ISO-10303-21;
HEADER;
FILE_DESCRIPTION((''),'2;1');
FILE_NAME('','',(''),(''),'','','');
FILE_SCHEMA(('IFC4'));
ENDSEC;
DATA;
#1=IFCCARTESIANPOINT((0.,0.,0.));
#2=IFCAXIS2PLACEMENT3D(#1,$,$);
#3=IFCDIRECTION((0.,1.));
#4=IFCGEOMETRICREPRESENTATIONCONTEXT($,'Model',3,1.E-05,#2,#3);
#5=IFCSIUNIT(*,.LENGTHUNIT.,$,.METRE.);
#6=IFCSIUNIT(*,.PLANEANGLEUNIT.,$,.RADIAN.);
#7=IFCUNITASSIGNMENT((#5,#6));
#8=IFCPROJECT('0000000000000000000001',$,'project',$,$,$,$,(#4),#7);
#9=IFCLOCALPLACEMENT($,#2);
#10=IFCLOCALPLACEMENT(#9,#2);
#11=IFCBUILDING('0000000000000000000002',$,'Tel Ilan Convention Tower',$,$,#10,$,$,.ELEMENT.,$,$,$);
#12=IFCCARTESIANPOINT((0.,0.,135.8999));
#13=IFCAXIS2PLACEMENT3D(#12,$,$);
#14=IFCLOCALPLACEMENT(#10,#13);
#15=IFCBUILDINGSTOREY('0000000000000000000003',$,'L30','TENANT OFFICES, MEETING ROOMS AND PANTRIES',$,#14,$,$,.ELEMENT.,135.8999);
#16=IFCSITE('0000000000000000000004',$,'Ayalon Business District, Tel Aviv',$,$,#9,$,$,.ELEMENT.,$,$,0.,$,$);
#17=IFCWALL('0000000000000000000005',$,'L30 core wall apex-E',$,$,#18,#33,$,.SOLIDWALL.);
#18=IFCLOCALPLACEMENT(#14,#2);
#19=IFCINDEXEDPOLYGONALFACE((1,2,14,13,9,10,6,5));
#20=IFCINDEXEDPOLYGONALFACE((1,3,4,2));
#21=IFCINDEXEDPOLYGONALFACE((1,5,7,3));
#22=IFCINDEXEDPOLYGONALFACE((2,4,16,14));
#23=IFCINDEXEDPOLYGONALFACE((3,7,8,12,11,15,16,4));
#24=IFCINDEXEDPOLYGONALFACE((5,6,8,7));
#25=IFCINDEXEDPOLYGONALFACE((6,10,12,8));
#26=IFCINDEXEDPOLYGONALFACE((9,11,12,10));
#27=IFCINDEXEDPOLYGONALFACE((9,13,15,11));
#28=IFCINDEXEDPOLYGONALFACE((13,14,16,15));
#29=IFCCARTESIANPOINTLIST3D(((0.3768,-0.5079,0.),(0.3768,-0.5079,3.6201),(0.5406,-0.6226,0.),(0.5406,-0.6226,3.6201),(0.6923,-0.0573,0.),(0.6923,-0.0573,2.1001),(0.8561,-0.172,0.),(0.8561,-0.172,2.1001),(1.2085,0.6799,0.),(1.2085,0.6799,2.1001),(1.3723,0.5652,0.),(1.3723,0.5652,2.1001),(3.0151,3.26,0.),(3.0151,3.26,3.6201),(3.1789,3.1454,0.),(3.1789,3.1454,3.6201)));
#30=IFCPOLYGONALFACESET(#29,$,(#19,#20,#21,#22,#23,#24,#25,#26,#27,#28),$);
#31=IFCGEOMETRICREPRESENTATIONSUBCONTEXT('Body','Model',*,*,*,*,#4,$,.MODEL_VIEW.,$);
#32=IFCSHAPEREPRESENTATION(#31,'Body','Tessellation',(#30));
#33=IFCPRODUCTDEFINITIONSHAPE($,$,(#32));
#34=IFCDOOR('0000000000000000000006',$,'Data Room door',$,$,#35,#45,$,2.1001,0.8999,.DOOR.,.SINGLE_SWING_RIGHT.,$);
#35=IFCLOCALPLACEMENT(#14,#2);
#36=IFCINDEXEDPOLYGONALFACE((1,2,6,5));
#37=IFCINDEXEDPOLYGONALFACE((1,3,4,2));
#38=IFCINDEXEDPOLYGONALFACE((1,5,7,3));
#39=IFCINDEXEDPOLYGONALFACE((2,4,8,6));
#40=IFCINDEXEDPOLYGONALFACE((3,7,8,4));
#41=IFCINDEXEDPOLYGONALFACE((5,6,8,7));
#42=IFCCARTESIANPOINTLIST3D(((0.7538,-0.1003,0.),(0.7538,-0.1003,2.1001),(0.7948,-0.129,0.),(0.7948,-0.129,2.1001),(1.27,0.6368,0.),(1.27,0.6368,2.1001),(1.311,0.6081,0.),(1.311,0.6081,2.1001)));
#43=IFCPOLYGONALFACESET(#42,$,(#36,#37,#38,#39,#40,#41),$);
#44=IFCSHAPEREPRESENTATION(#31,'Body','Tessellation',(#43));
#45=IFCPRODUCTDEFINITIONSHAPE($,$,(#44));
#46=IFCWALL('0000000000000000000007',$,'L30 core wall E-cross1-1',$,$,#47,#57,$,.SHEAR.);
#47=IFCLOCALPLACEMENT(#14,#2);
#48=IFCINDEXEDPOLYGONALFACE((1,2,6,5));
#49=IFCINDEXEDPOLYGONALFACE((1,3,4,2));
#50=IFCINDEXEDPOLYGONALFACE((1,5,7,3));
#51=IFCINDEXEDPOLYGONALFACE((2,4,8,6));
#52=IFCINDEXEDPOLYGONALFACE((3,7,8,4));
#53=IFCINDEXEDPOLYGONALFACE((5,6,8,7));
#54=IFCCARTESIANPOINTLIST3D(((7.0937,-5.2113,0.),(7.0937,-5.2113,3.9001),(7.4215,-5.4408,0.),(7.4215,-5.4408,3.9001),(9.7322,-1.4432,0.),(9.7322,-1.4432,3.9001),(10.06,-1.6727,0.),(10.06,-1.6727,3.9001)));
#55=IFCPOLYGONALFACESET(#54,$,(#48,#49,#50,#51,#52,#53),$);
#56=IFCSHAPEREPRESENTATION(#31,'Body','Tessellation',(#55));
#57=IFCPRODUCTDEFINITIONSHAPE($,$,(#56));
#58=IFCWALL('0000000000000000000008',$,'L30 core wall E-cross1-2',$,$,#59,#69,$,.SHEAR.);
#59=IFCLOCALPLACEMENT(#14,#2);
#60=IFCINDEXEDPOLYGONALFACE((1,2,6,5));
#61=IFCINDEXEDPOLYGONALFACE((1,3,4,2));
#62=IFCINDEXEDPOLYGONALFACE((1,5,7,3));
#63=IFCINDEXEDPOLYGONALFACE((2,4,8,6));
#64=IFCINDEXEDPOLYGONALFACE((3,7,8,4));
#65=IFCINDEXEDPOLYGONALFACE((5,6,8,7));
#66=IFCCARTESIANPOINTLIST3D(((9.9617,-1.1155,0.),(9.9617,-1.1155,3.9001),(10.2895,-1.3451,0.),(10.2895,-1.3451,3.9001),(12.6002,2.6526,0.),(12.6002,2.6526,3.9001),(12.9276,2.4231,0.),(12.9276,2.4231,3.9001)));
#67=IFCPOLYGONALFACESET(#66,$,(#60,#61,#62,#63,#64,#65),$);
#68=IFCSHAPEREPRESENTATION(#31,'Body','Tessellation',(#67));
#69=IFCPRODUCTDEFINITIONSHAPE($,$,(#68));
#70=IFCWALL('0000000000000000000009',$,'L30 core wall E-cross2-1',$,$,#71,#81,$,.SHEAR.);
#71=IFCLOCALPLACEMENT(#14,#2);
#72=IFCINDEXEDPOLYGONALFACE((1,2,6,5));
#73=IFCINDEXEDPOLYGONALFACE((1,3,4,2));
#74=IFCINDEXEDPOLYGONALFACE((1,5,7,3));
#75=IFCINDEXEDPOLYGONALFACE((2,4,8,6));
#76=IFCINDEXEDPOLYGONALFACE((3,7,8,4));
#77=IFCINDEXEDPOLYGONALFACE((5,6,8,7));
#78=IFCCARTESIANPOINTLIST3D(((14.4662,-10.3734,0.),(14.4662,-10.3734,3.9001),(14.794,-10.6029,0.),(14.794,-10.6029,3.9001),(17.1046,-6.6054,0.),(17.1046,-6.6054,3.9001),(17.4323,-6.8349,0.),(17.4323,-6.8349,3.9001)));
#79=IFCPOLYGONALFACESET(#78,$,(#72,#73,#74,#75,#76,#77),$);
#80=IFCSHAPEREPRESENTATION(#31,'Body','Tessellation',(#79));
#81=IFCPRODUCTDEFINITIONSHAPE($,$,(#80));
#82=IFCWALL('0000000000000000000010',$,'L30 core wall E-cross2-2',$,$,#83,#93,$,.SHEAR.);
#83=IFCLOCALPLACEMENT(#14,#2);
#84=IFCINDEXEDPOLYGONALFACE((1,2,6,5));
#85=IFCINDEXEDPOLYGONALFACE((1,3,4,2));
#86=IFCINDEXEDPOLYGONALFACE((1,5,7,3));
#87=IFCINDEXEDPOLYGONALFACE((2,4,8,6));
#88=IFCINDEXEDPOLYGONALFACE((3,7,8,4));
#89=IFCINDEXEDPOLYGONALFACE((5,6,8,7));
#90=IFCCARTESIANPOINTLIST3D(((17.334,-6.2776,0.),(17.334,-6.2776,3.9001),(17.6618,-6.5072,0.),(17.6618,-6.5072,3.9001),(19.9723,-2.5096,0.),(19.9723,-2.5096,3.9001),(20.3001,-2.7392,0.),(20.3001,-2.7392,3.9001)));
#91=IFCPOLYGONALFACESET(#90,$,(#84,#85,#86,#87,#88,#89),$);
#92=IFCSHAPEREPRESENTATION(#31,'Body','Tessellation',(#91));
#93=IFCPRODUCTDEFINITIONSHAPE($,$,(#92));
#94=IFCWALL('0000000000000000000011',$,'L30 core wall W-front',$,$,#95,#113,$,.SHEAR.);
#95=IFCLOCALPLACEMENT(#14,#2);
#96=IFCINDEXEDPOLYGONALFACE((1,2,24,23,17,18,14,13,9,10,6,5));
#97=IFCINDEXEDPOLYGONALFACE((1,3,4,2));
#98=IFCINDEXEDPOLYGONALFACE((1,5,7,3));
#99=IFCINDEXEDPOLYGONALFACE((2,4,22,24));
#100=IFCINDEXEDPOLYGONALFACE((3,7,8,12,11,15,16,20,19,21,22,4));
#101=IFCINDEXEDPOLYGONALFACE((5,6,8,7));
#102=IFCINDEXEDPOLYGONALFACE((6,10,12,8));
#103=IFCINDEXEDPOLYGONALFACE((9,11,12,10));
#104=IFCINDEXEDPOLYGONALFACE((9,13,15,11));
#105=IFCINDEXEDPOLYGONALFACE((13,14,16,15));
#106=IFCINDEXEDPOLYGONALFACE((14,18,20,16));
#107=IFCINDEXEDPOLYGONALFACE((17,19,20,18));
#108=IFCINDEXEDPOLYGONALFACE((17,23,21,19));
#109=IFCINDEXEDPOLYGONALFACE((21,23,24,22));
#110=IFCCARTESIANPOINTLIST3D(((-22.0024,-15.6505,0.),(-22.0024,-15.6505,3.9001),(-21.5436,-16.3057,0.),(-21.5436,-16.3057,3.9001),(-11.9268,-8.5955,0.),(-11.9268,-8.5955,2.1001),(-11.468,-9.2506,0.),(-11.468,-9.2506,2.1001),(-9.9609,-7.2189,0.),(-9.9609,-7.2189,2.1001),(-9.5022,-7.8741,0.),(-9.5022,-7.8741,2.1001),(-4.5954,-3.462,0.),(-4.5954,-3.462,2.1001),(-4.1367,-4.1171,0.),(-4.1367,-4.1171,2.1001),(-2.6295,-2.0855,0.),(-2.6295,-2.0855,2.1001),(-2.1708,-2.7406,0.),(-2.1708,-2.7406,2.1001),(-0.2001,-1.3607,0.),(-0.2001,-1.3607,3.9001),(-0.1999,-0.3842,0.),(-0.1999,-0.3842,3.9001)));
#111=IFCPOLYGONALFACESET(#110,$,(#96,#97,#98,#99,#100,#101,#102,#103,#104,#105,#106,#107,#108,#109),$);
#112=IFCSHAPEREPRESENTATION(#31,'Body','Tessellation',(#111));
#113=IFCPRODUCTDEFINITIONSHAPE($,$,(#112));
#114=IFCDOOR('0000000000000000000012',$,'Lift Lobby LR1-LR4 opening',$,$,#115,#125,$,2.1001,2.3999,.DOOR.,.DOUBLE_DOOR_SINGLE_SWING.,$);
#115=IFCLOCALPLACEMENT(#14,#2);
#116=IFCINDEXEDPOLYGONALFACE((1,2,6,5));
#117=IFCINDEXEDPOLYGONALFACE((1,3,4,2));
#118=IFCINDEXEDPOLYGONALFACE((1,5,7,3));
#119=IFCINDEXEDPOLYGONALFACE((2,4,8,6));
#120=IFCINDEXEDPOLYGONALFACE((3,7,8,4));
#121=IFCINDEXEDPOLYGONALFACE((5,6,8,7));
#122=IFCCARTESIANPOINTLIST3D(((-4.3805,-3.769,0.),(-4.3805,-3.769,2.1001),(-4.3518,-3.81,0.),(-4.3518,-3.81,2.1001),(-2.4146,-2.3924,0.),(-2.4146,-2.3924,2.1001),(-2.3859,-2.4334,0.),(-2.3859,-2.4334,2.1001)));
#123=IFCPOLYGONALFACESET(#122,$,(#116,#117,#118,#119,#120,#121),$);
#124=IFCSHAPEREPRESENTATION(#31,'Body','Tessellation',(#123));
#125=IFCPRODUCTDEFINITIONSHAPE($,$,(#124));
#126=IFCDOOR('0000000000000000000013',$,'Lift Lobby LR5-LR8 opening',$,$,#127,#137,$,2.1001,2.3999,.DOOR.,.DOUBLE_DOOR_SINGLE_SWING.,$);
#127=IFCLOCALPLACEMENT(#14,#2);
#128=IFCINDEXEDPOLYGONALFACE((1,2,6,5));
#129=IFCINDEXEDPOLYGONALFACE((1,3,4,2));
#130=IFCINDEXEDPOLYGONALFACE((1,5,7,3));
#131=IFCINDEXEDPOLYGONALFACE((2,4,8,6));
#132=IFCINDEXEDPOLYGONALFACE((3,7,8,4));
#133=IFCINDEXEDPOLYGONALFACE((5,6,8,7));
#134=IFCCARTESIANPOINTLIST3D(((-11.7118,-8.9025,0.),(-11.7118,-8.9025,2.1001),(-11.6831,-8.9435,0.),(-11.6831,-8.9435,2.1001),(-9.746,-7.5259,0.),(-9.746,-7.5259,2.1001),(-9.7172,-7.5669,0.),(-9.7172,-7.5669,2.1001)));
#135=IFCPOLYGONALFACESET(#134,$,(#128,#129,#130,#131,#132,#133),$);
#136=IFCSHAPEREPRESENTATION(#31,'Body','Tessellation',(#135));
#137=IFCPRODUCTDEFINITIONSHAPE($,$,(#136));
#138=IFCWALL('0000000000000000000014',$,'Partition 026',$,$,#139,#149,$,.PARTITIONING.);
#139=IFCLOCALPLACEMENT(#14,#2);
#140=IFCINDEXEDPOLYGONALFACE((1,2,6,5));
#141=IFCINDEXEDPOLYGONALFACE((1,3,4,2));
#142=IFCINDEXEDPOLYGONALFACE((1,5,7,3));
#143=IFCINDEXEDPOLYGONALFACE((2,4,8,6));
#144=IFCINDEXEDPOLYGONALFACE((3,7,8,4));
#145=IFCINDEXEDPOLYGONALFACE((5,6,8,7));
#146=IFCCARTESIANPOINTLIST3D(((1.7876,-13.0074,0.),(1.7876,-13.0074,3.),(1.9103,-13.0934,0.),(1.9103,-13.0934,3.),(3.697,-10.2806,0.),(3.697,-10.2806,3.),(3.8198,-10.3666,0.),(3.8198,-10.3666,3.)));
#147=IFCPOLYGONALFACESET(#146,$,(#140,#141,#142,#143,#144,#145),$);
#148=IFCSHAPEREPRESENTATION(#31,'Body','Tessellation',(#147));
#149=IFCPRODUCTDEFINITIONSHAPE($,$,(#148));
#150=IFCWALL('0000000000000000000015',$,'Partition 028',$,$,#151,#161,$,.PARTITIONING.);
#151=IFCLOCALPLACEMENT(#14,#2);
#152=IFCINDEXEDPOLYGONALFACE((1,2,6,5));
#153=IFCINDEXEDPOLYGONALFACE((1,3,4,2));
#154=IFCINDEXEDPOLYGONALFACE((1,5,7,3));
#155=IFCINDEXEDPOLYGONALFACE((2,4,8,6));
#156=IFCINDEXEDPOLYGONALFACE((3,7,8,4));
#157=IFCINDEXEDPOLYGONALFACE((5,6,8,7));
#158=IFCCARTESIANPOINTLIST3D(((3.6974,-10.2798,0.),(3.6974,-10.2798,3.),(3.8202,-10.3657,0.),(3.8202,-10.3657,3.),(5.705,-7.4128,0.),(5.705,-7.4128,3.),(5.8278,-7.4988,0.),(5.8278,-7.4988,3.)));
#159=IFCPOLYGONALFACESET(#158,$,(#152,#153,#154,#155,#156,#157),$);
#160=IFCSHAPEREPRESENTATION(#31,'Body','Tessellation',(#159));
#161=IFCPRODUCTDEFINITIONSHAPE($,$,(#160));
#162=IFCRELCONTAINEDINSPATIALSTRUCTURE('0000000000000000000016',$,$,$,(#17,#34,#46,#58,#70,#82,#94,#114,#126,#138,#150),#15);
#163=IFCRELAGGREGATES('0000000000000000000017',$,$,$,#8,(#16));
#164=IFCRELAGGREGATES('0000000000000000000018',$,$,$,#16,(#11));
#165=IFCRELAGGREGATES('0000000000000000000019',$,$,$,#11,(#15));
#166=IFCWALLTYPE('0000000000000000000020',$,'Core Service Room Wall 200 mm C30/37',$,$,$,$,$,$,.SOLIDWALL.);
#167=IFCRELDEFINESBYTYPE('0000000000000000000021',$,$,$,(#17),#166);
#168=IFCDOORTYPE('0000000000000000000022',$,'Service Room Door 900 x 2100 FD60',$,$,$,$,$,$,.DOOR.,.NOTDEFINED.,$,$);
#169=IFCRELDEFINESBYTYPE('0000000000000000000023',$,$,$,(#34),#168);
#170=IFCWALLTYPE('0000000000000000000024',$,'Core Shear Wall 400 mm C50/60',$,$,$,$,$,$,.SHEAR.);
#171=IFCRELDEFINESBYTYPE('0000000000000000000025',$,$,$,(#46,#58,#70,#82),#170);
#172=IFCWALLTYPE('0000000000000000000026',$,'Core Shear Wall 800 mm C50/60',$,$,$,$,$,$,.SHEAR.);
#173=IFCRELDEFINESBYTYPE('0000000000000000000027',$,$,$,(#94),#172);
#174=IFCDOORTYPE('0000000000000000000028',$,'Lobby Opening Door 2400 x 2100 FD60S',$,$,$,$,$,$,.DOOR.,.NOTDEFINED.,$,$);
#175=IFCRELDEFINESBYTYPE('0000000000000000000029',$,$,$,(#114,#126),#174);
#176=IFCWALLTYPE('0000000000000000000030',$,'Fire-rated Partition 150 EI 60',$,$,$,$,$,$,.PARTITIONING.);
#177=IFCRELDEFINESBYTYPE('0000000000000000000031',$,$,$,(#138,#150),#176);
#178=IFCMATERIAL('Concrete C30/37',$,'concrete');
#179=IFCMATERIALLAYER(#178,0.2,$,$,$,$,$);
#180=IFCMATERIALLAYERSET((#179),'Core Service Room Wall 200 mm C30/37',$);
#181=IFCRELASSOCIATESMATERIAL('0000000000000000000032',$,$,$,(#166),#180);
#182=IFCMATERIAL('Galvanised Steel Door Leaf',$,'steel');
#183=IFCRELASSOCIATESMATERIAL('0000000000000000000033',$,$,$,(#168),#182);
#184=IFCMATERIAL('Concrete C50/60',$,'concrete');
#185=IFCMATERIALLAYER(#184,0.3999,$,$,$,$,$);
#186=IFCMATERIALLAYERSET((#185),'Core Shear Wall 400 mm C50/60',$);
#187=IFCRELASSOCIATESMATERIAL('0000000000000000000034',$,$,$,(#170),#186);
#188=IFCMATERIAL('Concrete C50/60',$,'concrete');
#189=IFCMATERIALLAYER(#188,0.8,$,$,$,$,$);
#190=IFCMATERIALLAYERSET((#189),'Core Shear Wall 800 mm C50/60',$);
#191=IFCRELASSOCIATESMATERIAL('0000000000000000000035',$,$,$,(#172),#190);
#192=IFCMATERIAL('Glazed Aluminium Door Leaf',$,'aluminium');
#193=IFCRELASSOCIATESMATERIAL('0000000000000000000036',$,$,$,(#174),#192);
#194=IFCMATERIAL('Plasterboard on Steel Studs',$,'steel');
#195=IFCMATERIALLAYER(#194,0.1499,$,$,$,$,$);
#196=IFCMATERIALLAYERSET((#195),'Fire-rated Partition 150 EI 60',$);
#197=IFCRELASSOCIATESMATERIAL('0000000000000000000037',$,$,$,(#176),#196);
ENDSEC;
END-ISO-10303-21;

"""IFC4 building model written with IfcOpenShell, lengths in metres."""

from ifc_helpers import new_model, si_unit, direction, frame, frame_2d, origin, place, context, subcontext, project, spatial, polyline, rectangle, outline, extrude, material, layer, layer_set, type_object, element, fill, save


model = new_model("IFC4")

# Units and contexts
model_context = context("Model", 3, precision=1e-05, world=origin(), true_north=direction((0.0, 1.0)))
body_context = subcontext(model_context, "Body", "Model", "MODEL_VIEW")
ifc_project = project(units=[si_unit("LENGTHUNIT", "METRE"), si_unit("PLANEANGLEUNIT", "RADIAN")], contexts=[model_context])

# Site, building, storey
site_placement = place(None, origin())
site = spatial("IfcSite", under=ifc_project, at=site_placement, Name="Ayalon Business District, Tel Aviv", CompositionType="ELEMENT", RefElevation=0.0)
building_placement = place(site_placement, origin())
building = spatial("IfcBuilding", under=site, at=building_placement, Name="Tel Ilan Convention Tower", CompositionType="ELEMENT")
storey_placement = place(building_placement, frame((0.0, 0.0, 135.8999)))
storey = spatial("IfcBuildingStorey", under=building, at=storey_placement, Name="L30", Description="TENANT OFFICES, MEETING ROOMS AND PANTRIES", CompositionType="ELEMENT", Elevation=135.8999)

# Wall, opening, door
ifc_material_1 = material(Name="Concrete C30/37", Category="concrete")
ifc_layer_1 = layer(ifc_material_1, 0.2)
ifc_layer_set_1 = layer_set([ifc_layer_1], Name="Core Service Room Wall 200 mm C30/37")
wall_type_1 = type_object("IfcWallType", Name="Core Service Room Wall 200 mm C30/37", PredefinedType="SOLIDWALL", material=ifc_layer_set_1)
wall_1_placement = place(storey_placement, frame((0.4587, -0.5652, 0.0), z_axis=(0.0, 0.0, 1.0), x_axis=(0.573576, 0.819152, 0.0)))
wall_1 = element("IfcWall", 1, at=wall_1_placement, inside=storey, type_object=wall_type_1, Name="L30 core wall apex-E", PredefinedType="SOLIDWALL", context=body_context, shape_type="SweptSolid", body=[
    extrude(rectangle(XDim=4.5999, YDim=0.2, at=frame_2d((2.2998, 0.0))), origin(), (0.0, 0.0, 1.0), 3.6201),
])
opening_1_placement = place(wall_1_placement, frame((0.55, 0.0, 0.0)))
opening_1 = element("IfcOpeningElement", 2, at=opening_1_placement, cuts=wall_1, PredefinedType="OPENING", context=body_context, shape_type="SweptSolid", body=[
    extrude(rectangle(XDim=0.8999, YDim=2.1001, at=frame_2d((0.45, 1.05))), frame((0.0, 0.1099, 0.0), z_axis=(0.0, -1.0, 0.0), x_axis=(1.0, 0.0, 0.0)), (0.0, 0.0, 1.0), 0.22),
])
ifc_material_2 = material(Name="Galvanised Steel Door Leaf", Category="steel")
door_type_1 = type_object("IfcDoorType", Name="Service Room Door 900 x 2100 FD60", OperationType="NOTDEFINED", PredefinedType="DOOR", material=ifc_material_2)
door_1_placement = place(opening_1_placement, origin())
door_1 = element("IfcDoor", 3, at=door_1_placement, inside=storey, type_object=door_type_1, Name="Data Room door", OperationType="SINGLE_SWING_RIGHT", OverallHeight=2.1001, OverallWidth=0.8999, PredefinedType="DOOR", context=body_context, shape_type="SweptSolid", body=[
    extrude(rectangle(XDim=0.8999, YDim=2.1001, at=frame_2d((0.45, 1.05))), frame((0.0, 0.0249, 0.0), z_axis=(0.0, -1.0, 0.0), x_axis=(1.0, 0.0, 0.0)), (0.0, 0.0, 1.0), 0.05),
])
fill(opening_1, door_1)

# Walls
ifc_material_3 = material(Name="Concrete C50/60", Category="concrete")
ifc_layer_2 = layer(ifc_material_3, 0.3999)
ifc_layer_set_2 = layer_set([ifc_layer_2], Name="Core Shear Wall 400 mm C50/60")
wall_type_2 = type_object("IfcWallType", Name="Core Shear Wall 400 mm C50/60", PredefinedType="SHEAR", material=ifc_layer_set_2)
wall_2_placement = place(storey_placement, frame((7.2578, -5.3259, 0.0), z_axis=(0.0, 0.0, 1.0), x_axis=(0.573541, 0.819177, 0.0)))
element("IfcWall", 4, at=wall_2_placement, inside=storey, type_object=wall_type_2, Name="L30 core wall E-cross1-1", PredefinedType="SHEAR", context=body_context, shape_type="SweptSolid", body=[
    extrude(outline(polyline([(-0.0002, 0.2002), (-0.0002, -0.2), (4.5999, -0.2002), (4.5999, 0.2), (-0.0002, 0.2002)])), origin(), (0.0, 0.0, 1.0), 3.9001),
])
wall_3_placement = place(storey_placement, frame((10.1255, -1.2302, 0.0), z_axis=(0.0, 0.0, 1.0), x_axis=(0.573576, 0.819152, 0.0)))
element("IfcWall", 5, at=wall_3_placement, inside=storey, type_object=wall_type_2, Name="L30 core wall E-cross1-2", PredefinedType="SHEAR", context=body_context, shape_type="SweptSolid", body=[
    extrude(outline(polyline([(4.5999, -0.2), (4.6001, 0.2), (0.0, 0.2), (0.0, -0.2002), (4.5999, -0.2)])), origin(), (0.0, 0.0, 1.0), 3.9001),
])
wall_4_placement = place(storey_placement, frame((14.6299, -10.4883, 0.0), z_axis=(0.0, 0.0, 1.0), x_axis=(0.573612, 0.819127, 0.0)))
element("IfcWall", 6, at=wall_4_placement, inside=storey, type_object=wall_type_2, Name="L30 core wall E-cross2-1", PredefinedType="SHEAR", context=body_context, shape_type="SweptSolid", body=[
    extrude(outline(polyline([(0.0002, 0.2), (0.0002, -0.2002), (4.6001, -0.2), (4.6001, 0.2002), (0.0002, 0.2)])), origin(), (0.0, 0.0, 1.0), 3.9001),
])
wall_5_placement = place(storey_placement, frame((17.4978, -6.3923, 0.0), z_axis=(0.0, 0.0, 1.0), x_axis=(0.573612, 0.819127, 0.0)))
element("IfcWall", 7, at=wall_5_placement, inside=storey, type_object=wall_type_2, Name="L30 core wall E-cross2-2", PredefinedType="SHEAR", context=body_context, shape_type="SweptSolid", body=[
    extrude(outline(polyline([(4.5999, -0.2), (4.5999, 0.2002), (0.0, 0.2), (0.0, -0.2002), (4.5999, -0.2)])), origin(), (0.0, 0.0, 1.0), 3.9001),
])

# Wall, openings, doors
ifc_material_4 = material(Name="Concrete C50/60", Category="concrete")
ifc_layer_3 = layer(ifc_material_4, 0.8)
ifc_layer_set_3 = layer_set([ifc_layer_3], Name="Core Shear Wall 800 mm C50/60")
wall_type_3 = type_object("IfcWallType", Name="Core Shear Wall 800 mm C50/60", PredefinedType="SHEAR", material=ifc_layer_set_3)
wall_6_placement = place(storey_placement, frame((0.0293, -0.7119, 0.0), z_axis=(0.0, 0.0, 1.0), x_axis=(-0.819152, -0.573577, 0.0)))
wall_6 = element("IfcWall", 8, at=wall_6_placement, inside=storey, type_object=wall_type_3, Name="L30 core wall W-front", PredefinedType="SHEAR", context=body_context, shape_type="SweptSolid", body=[
    extrude(outline(polyline([(26.6157, 0.3999), (0.5601, 0.3999), (-0.0002, -0.3999), (26.6157, -0.3999), (26.6157, 0.3999)])), origin(), (0.0, 0.0, 1.0), 3.9001),
])
opening_2_placement = place(wall_6_placement, frame((2.9658, 0.0, 0.0)))
opening_2 = element("IfcOpeningElement", 9, at=opening_2_placement, cuts=wall_6, PredefinedType="OPENING", context=body_context, shape_type="SweptSolid", body=[
    extrude(rectangle(XDim=2.3999, YDim=2.1001, at=frame_2d((1.2, 1.05))), frame((0.0, 0.4099, 0.0), z_axis=(0.0, -1.0, 0.0), x_axis=(1.0, 0.0, 0.0)), (0.0, 0.0, 1.0), 0.8201),
])
opening_3_placement = place(wall_6_placement, frame((11.9158, 0.0, 0.0)))
opening_3 = element("IfcOpeningElement", 10, at=opening_3_placement, cuts=wall_6, PredefinedType="OPENING", context=body_context, shape_type="SweptSolid", body=[
    extrude(rectangle(XDim=2.3999, YDim=2.1001, at=frame_2d((1.2, 1.05))), frame((0.0, 0.4099, 0.0), z_axis=(0.0, -1.0, 0.0), x_axis=(1.0, 0.0, 0.0)), (0.0, 0.0, 1.0), 0.8201),
])
ifc_material_5 = material(Name="Glazed Aluminium Door Leaf", Category="aluminium")
door_type_2 = type_object("IfcDoorType", Name="Lobby Opening Door 2400 x 2100 FD60S", OperationType="NOTDEFINED", PredefinedType="DOOR", material=ifc_material_5)
door_2_placement = place(opening_2_placement, origin())
door_2 = element("IfcDoor", 11, at=door_2_placement, inside=storey, type_object=door_type_2, Name="Lift Lobby LR1-LR4 opening", OperationType="DOUBLE_DOOR_SINGLE_SWING", OverallHeight=2.1001, OverallWidth=2.3999, PredefinedType="DOOR", context=body_context, shape_type="SweptSolid", body=[
    extrude(rectangle(XDim=2.3999, YDim=2.1001, at=frame_2d((1.2, 1.05))), frame((0.0, 0.0249, 0.0), z_axis=(0.0, -1.0, 0.0), x_axis=(1.0, 0.0, 0.0)), (0.0, 0.0, 1.0), 0.05),
])
fill(opening_2, door_2)
door_3_placement = place(opening_3_placement, origin())
door_3 = element("IfcDoor", 12, at=door_3_placement, inside=storey, type_object=door_type_2, Name="Lift Lobby LR5-LR8 opening", OperationType="DOUBLE_DOOR_SINGLE_SWING", OverallHeight=2.1001, OverallWidth=2.3999, PredefinedType="DOOR", context=body_context, shape_type="SweptSolid", body=[
    extrude(rectangle(XDim=2.3999, YDim=2.1001, at=frame_2d((1.2, 1.05))), frame((0.0, 0.0249, 0.0), z_axis=(0.0, -1.0, 0.0), x_axis=(1.0, 0.0, 0.0)), (0.0, 0.0, 1.0), 0.05),
])
fill(opening_3, door_3)

# Walls
ifc_material_6 = material(Name="Plasterboard on Steel Studs", Category="steel")
ifc_layer_4 = layer(ifc_material_6, 0.1499)
ifc_layer_set_4 = layer_set([ifc_layer_4], Name="Fire-rated Partition 150 EI 60")
wall_type_4 = type_object("IfcWallType", Name="Fire-rated Partition 150 EI 60", PredefinedType="PARTITIONING", material=ifc_layer_set_4)
wall_7_placement = place(storey_placement, frame((1.8489, -13.0505, 0.0), z_axis=(0.0, 0.0, 1.0), x_axis=(0.573595, 0.819139, 0.0)))
element("IfcWall", 13, at=wall_7_placement, inside=storey, type_object=wall_type_4, Name="Partition 026", PredefinedType="PARTITIONING", context=body_context, shape_type="SweptSolid", body=[
    extrude(rectangle(XDim=3.3289, YDim=0.1499, at=frame_2d((1.6646, 0.0))), origin(), (0.0, 0.0, 1.0), 3.0),
])
wall_8_placement = place(storey_placement, frame((3.7588, -10.3228, 0.0), z_axis=(0.0, 0.0, 1.0), x_axis=(0.573598, 0.819137, 0.0)))
element("IfcWall", 14, at=wall_8_placement, inside=storey, type_object=wall_type_4, Name="Partition 028", PredefinedType="PARTITIONING", context=body_context, shape_type="SweptSolid", body=[
    extrude(rectangle(XDim=3.5, YDim=0.1499, at=frame_2d((1.75, 0.0))), origin(), (0.0, 0.0, 1.0), 3.0),
])

save(model, "model.ifc")
